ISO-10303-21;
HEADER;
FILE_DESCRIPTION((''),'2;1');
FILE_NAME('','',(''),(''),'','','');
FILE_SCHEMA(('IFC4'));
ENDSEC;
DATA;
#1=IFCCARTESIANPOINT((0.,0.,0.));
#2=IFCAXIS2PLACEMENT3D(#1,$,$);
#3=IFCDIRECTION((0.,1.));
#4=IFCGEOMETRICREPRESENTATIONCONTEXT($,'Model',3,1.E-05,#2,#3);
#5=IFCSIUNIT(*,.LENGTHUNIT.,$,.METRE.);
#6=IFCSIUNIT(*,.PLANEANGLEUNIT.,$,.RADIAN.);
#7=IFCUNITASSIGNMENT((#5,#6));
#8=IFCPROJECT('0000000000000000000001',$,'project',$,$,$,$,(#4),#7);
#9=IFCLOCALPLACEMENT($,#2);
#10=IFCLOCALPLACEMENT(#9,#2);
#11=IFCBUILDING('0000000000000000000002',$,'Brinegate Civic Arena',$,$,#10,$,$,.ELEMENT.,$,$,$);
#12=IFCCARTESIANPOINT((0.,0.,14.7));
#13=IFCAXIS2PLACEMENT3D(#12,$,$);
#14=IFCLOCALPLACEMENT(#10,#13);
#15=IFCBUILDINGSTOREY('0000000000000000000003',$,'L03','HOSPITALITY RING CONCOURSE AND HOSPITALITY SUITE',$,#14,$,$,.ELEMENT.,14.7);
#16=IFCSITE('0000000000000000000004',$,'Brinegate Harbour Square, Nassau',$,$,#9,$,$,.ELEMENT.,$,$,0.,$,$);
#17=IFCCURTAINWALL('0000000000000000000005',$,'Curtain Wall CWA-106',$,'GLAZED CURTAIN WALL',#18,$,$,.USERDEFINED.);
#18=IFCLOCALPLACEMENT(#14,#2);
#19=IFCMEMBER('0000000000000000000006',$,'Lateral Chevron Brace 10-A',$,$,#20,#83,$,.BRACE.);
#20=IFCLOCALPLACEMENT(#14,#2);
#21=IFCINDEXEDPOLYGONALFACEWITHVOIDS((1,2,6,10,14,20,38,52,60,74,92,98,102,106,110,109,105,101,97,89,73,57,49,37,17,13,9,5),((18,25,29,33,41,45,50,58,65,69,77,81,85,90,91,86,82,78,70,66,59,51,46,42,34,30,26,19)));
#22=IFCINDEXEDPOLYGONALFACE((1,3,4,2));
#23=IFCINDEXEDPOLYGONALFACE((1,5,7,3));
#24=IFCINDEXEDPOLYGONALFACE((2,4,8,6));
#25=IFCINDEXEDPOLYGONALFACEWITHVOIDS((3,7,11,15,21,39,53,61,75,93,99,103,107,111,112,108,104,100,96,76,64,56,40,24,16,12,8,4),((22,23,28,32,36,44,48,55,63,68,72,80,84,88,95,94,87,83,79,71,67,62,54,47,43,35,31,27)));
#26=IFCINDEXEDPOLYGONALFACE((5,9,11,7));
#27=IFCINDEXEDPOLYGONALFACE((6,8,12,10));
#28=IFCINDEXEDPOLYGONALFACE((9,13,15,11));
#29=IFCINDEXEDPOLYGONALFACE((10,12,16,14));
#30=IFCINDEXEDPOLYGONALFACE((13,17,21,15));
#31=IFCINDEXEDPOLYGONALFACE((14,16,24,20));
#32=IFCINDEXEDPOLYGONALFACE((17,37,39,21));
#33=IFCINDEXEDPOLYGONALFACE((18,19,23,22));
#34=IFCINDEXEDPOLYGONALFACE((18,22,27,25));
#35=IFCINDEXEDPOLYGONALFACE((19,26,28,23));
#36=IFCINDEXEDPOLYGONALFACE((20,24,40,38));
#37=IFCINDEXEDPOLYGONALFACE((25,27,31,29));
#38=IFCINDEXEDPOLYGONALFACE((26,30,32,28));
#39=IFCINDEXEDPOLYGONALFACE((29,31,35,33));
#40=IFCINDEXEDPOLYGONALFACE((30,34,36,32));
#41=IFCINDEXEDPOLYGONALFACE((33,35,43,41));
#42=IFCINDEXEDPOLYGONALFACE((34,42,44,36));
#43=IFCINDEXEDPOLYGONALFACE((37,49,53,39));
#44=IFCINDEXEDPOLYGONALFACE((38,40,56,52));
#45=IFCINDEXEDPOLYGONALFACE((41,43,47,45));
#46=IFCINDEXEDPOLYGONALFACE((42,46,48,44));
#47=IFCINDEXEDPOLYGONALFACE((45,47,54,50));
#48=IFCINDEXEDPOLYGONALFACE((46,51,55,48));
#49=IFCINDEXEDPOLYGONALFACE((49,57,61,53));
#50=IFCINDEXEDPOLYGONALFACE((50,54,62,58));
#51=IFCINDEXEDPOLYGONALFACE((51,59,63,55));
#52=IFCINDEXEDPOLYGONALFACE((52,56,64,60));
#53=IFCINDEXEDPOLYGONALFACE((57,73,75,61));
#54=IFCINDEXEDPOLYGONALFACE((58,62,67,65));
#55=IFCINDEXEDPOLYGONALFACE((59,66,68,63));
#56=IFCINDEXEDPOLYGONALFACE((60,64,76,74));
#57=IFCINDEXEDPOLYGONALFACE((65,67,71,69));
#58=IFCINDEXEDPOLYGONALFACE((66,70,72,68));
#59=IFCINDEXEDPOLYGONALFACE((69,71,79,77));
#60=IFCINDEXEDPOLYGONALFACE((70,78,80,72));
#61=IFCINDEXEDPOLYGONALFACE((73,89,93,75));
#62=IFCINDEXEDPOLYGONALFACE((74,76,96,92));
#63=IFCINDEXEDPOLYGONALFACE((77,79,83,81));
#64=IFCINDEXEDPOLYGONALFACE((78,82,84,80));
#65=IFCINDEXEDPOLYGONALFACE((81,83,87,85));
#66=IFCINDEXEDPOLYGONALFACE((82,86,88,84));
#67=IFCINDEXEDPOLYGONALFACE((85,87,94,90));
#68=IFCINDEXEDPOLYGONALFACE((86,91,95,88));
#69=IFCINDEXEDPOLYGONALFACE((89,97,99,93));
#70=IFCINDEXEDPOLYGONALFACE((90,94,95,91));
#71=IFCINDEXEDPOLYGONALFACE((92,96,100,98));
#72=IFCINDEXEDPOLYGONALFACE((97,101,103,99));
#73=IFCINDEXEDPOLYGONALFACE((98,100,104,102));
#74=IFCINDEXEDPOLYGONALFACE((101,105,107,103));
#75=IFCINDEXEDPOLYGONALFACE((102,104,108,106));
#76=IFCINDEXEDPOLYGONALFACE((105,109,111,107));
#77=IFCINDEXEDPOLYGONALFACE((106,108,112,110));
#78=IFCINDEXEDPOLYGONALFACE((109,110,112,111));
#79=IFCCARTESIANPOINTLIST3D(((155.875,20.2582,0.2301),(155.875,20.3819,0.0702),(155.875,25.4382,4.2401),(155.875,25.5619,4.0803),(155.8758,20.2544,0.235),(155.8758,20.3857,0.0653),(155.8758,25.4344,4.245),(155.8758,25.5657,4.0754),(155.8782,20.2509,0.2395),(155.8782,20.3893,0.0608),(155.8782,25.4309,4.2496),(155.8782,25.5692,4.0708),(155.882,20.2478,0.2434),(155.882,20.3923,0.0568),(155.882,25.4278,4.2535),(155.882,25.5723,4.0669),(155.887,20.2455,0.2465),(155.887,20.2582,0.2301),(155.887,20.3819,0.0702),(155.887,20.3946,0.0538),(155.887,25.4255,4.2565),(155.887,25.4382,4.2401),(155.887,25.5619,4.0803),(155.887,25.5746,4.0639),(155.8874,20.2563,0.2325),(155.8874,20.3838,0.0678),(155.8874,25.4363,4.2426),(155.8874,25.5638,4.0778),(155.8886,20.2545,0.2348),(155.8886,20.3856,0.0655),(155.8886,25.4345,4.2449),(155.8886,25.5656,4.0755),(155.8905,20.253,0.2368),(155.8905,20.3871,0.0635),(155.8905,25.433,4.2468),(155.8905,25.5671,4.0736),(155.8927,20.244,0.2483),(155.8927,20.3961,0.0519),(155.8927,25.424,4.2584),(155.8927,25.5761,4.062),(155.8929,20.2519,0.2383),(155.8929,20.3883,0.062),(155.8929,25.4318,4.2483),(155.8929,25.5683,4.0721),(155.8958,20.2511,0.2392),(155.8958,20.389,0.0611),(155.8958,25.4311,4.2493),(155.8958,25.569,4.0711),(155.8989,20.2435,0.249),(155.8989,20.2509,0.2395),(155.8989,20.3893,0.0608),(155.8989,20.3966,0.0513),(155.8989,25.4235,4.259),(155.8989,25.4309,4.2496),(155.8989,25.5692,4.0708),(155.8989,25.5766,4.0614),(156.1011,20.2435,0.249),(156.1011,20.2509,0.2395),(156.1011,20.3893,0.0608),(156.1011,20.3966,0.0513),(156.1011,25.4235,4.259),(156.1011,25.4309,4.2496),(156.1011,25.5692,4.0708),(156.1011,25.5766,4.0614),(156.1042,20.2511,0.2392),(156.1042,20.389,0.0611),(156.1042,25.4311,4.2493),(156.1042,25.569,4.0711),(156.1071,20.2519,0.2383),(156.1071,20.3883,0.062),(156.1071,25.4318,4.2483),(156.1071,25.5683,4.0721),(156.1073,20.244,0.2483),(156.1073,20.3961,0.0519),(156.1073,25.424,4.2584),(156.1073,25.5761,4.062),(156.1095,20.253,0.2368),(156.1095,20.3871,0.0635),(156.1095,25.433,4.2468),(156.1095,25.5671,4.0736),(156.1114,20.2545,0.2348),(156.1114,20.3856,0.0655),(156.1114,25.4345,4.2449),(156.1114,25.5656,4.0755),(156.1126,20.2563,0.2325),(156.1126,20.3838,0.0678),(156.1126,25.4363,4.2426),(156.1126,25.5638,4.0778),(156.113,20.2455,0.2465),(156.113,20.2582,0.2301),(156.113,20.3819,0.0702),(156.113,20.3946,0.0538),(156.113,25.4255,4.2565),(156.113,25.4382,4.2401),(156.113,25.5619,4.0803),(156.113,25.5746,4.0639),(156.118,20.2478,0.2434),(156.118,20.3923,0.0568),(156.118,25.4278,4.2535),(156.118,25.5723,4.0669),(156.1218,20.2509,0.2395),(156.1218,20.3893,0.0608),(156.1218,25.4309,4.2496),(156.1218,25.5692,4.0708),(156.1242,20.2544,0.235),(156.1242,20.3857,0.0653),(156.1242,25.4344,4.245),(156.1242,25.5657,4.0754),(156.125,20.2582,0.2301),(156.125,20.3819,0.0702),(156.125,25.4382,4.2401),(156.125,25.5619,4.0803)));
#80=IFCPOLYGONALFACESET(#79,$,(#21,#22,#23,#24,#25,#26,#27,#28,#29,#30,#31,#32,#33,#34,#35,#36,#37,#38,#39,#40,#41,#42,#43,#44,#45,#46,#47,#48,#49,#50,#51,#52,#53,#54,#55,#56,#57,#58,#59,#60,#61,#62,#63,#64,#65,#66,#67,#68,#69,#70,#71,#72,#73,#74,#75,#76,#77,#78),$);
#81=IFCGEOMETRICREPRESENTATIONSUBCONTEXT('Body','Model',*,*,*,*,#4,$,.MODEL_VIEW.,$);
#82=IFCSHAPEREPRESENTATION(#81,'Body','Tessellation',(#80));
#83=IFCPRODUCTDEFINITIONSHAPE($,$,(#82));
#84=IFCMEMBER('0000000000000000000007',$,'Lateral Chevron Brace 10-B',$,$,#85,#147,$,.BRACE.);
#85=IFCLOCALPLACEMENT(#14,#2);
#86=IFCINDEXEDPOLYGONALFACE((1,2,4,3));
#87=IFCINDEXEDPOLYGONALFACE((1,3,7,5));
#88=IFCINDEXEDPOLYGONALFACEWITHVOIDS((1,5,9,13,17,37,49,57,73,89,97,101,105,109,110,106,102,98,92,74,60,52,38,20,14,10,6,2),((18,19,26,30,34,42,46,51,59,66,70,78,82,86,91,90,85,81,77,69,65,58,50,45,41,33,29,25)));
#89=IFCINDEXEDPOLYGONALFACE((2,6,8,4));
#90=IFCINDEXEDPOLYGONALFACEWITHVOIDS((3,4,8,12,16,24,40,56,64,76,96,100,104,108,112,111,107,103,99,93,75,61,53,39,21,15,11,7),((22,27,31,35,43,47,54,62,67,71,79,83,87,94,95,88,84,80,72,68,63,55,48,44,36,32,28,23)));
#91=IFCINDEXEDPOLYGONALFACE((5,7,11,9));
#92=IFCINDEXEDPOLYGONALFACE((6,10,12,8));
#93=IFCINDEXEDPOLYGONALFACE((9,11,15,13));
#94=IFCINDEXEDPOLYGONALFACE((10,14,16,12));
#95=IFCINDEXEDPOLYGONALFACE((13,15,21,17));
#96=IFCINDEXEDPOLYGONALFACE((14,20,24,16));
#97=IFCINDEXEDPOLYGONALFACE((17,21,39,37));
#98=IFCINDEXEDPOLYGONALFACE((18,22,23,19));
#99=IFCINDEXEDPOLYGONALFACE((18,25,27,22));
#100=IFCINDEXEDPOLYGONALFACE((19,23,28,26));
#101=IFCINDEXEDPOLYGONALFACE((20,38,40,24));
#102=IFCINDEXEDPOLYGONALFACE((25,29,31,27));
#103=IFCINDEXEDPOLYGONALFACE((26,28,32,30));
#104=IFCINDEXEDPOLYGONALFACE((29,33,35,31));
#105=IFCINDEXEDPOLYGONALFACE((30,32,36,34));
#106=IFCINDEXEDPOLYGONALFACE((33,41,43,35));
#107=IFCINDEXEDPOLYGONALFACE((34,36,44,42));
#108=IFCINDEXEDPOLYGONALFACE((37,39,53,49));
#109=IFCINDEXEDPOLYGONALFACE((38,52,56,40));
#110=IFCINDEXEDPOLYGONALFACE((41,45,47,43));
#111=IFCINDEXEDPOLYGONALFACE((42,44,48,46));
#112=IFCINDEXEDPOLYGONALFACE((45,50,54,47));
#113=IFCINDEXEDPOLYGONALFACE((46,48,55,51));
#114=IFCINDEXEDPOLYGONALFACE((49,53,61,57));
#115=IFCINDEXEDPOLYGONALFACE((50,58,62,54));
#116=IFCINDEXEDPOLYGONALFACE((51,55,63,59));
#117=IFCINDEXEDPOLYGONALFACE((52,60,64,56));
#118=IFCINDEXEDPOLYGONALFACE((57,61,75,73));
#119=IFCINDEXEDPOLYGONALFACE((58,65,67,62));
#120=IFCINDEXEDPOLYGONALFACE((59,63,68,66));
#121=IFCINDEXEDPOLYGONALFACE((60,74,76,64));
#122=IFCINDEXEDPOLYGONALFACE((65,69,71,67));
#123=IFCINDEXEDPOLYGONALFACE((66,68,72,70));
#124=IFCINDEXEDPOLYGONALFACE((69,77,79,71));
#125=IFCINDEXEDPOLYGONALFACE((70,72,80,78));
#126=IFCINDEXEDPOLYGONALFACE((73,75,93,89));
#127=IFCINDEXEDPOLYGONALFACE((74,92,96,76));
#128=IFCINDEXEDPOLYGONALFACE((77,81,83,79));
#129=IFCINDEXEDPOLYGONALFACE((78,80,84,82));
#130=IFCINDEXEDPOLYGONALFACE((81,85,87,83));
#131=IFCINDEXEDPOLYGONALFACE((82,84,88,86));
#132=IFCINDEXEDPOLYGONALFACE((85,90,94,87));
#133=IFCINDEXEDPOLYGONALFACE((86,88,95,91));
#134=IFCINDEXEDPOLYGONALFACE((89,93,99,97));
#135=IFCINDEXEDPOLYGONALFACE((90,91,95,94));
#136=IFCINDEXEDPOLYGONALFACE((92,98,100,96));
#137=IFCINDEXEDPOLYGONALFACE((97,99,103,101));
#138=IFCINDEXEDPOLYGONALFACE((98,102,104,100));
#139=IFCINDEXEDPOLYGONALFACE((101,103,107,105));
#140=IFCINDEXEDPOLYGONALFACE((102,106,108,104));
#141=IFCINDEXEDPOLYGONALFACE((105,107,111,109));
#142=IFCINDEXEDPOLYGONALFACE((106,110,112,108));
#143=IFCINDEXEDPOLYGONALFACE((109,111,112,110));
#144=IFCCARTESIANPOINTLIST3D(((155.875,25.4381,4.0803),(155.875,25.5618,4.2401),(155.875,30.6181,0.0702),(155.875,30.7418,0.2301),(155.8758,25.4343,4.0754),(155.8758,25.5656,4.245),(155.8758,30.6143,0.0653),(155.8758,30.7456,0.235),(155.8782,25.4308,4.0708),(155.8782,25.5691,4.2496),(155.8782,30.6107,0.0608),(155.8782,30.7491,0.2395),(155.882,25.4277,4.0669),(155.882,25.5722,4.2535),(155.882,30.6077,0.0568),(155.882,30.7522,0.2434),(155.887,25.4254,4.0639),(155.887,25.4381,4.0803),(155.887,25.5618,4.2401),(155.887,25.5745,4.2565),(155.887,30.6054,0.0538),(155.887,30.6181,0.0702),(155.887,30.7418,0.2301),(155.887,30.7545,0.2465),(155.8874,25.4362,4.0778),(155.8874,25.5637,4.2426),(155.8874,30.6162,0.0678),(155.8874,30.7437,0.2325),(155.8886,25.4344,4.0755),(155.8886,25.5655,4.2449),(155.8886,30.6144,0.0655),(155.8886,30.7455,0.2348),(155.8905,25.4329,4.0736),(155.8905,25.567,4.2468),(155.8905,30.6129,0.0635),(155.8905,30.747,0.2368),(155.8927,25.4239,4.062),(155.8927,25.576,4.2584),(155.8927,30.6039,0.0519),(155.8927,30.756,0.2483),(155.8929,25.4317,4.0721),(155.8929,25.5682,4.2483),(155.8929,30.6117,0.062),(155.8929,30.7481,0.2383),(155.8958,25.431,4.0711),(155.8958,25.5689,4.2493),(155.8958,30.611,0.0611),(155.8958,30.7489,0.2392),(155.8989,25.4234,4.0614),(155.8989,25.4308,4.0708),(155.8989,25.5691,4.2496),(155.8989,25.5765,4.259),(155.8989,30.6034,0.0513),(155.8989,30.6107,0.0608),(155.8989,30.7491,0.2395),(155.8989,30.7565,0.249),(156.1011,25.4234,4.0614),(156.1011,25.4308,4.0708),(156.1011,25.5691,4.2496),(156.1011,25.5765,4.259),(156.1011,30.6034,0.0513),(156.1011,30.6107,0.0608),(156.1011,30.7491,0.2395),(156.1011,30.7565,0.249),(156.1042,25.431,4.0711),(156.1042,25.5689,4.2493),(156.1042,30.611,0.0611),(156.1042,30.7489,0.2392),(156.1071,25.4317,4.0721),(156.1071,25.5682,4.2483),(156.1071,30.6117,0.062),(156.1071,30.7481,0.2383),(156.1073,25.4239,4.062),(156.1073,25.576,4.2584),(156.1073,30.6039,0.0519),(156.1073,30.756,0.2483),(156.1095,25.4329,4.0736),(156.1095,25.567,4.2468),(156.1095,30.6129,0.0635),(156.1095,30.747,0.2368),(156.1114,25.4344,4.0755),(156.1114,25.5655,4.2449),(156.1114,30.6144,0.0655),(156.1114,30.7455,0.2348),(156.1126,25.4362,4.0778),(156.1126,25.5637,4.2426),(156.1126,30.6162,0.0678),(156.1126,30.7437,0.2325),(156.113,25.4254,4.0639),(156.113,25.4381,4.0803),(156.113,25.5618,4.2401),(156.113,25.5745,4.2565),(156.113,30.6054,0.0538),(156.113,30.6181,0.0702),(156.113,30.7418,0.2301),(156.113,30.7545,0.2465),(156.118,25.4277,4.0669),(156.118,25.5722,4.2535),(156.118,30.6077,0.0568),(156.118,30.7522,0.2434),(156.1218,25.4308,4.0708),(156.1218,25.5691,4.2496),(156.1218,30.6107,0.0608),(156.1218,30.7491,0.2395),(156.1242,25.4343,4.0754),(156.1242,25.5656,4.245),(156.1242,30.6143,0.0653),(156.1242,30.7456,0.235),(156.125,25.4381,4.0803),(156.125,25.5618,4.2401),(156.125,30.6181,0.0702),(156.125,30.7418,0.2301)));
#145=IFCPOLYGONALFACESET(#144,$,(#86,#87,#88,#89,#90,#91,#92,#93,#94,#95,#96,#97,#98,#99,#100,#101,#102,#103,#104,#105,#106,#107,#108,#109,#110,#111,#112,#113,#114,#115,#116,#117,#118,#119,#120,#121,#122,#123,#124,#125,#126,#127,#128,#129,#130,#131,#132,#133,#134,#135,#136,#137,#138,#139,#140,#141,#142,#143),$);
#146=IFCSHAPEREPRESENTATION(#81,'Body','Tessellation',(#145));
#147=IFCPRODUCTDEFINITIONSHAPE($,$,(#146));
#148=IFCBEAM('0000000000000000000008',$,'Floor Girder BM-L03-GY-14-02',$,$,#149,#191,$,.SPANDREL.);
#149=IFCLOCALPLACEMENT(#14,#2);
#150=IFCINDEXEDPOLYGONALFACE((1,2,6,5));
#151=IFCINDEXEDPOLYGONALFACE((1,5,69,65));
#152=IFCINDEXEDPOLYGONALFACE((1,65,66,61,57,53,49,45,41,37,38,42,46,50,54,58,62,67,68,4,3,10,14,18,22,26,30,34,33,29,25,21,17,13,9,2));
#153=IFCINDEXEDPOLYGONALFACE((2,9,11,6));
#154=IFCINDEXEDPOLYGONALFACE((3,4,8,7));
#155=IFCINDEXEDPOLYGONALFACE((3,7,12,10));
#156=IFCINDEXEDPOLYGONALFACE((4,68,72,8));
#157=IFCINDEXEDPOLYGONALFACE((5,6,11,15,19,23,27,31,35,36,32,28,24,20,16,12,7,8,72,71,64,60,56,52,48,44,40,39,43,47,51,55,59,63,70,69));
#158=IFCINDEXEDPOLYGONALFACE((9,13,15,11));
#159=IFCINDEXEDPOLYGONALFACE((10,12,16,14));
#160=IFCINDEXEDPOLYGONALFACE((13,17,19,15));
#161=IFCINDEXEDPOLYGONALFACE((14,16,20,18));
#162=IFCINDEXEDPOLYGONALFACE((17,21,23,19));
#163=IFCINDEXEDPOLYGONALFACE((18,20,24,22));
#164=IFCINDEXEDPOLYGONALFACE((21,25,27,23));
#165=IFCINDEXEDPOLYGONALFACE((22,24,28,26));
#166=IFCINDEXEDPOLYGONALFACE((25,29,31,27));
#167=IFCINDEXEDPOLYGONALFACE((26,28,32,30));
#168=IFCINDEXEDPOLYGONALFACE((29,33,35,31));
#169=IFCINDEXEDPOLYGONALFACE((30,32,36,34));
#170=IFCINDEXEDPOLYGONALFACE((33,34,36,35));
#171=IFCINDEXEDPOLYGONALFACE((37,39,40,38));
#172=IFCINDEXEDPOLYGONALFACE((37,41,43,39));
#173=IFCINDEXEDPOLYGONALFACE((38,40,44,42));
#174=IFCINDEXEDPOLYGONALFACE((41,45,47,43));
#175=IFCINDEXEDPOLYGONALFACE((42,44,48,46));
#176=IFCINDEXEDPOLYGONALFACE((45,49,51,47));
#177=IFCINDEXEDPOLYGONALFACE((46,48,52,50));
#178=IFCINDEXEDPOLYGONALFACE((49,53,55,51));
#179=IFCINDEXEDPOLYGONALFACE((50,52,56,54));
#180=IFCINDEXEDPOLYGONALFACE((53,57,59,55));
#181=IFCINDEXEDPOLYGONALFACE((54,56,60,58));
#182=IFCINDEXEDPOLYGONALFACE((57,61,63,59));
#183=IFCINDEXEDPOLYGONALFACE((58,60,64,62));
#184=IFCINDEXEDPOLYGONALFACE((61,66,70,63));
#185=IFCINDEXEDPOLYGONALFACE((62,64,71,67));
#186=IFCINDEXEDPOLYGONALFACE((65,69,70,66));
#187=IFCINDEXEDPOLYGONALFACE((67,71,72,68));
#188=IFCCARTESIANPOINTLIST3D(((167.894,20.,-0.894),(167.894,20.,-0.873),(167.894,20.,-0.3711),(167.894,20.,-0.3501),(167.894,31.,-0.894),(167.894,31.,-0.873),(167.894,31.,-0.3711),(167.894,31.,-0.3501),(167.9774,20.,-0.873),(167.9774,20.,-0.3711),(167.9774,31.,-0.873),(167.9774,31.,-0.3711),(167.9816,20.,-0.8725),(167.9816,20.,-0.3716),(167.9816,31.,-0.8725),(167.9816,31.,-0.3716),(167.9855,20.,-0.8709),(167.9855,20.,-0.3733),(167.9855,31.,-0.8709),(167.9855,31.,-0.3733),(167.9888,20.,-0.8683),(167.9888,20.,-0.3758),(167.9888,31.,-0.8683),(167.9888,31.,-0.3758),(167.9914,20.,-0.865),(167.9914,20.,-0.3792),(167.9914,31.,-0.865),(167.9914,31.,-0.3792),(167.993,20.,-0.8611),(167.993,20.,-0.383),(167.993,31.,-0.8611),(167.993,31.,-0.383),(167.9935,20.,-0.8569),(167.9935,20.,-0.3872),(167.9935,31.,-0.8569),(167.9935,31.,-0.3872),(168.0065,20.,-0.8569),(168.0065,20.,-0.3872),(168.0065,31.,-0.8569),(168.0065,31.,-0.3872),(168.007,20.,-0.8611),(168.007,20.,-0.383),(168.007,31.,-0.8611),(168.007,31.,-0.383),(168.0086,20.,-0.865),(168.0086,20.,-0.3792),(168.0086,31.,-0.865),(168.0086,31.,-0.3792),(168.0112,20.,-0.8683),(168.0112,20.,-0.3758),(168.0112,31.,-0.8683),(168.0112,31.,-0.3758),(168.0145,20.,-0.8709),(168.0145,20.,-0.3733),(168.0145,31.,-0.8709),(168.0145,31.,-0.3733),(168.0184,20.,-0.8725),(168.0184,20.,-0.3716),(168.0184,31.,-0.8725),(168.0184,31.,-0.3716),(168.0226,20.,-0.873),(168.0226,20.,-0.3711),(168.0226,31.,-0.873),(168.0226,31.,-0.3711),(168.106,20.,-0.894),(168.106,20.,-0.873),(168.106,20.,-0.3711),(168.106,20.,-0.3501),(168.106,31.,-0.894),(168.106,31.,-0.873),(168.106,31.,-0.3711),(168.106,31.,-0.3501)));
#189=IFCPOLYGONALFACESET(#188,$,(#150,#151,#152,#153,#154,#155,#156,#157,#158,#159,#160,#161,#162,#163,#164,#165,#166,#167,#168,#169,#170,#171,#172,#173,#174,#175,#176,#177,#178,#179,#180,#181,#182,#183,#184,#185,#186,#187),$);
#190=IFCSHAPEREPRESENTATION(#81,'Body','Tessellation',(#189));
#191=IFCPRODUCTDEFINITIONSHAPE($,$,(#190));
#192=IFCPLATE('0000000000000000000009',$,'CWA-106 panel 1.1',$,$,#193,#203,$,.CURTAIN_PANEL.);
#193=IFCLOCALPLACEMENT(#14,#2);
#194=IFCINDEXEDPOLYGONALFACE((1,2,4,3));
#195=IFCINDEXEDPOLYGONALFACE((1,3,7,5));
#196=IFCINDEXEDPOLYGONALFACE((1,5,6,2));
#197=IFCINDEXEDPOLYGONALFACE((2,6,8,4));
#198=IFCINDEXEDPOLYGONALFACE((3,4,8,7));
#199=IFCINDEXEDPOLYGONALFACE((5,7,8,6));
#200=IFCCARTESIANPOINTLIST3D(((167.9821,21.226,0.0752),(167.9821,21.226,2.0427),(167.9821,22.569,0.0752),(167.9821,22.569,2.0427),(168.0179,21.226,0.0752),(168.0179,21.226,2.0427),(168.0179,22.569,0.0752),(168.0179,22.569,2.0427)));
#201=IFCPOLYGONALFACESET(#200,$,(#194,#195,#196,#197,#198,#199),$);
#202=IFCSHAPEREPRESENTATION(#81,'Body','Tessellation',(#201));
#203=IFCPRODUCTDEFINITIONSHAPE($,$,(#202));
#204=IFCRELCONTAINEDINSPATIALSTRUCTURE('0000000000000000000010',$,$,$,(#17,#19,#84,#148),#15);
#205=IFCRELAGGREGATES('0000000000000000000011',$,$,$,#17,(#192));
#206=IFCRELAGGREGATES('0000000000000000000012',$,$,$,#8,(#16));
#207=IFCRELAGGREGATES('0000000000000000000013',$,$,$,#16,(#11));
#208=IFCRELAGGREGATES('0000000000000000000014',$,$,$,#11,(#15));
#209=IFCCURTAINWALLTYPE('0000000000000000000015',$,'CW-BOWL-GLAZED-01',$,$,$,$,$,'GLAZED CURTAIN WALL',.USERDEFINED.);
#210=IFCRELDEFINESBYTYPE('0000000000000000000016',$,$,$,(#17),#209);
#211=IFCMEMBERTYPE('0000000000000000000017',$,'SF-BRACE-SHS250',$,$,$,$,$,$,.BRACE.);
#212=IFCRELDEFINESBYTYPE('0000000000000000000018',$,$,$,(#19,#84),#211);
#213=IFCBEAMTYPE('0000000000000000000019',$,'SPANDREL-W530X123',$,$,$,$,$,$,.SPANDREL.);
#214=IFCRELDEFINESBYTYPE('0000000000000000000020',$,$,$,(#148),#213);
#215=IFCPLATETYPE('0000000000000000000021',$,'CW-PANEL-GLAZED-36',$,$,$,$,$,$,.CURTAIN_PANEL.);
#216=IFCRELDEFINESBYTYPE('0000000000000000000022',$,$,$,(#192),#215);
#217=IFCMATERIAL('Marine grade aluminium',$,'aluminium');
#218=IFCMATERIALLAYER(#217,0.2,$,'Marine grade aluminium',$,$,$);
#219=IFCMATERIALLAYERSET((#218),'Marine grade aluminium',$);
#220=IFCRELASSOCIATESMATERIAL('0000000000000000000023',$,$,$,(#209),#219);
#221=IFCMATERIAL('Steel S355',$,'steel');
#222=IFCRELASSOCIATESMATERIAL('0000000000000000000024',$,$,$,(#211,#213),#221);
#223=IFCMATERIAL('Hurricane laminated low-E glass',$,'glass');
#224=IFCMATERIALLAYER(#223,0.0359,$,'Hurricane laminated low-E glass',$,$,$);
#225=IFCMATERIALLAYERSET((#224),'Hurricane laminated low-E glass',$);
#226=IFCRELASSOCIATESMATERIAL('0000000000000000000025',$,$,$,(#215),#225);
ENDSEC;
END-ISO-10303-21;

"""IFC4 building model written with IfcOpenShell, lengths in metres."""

from ifc_helpers import new_model, si_unit, direction, frame, origin, origin_2d, place, context, subcontext, project, spatial, rectangle, hollow_rectangle, i_section, extrude, material, layer, layer_set, material_profile, profile_set, type_object, element, aggregate, save


model = new_model("IFC4")

# Units and contexts
model_context = context("Model", 3, precision=1e-05, world=origin(), true_north=direction((0.0, 1.0)))
body_context = subcontext(model_context, "Body", "Model", "MODEL_VIEW")
ifc_project = project(units=[si_unit("LENGTHUNIT", "METRE"), si_unit("PLANEANGLEUNIT", "RADIAN")], contexts=[model_context])

# Site, building, storey
site_placement = place(None, origin())
site = spatial("IfcSite", under=ifc_project, at=site_placement, Name="Brinegate Harbour Square, Nassau", CompositionType="ELEMENT", RefElevation=0.0)
building_placement = place(site_placement, origin())
building = spatial("IfcBuilding", under=site, at=building_placement, Name="Brinegate Civic Arena", CompositionType="ELEMENT")
storey_placement = place(building_placement, frame((0.0, 0.0, 14.7)))
storey = spatial("IfcBuildingStorey", under=building, at=storey_placement, Name="L03", Description="HOSPITALITY RING CONCOURSE AND HOSPITALITY SUITE", CompositionType="ELEMENT", Elevation=14.7)

# Curtain wall
ifc_material_1 = material(Name="Marine grade aluminium", Category="aluminium")
ifc_layer_1 = layer(ifc_material_1, 0.2, Name="Marine grade aluminium")
ifc_layer_set_1 = layer_set([ifc_layer_1], Name="Marine grade aluminium")
curtain_wall_type = type_object("IfcCurtainWallType", Name="CW-BOWL-GLAZED-01", ElementType="GLAZED CURTAIN WALL", PredefinedType="USERDEFINED", material=ifc_layer_set_1)
curtain_wall_placement = place(storey_placement, origin())
curtain_wall = element("IfcCurtainWall", 1, at=curtain_wall_placement, inside=storey, type_object=curtain_wall_type, Name="Curtain Wall CWA-106", ObjectType="GLAZED CURTAIN WALL", PredefinedType="USERDEFINED")

# Members
ifc_material_2 = material(Name="Steel S355", Category="steel")
ifc_material_profile_1 = material_profile(ifc_material_2, hollow_rectangle(XDim=0.25, YDim=0.25, WallThickness=0.012, InnerFilletRadius=0.012, OuterFilletRadius=0.0239, at=origin_2d()), Name="SHS250X12")
ifc_profile_set_1 = profile_set([ifc_material_profile_1], Name="Steel S355")
member_type_1 = type_object("IfcMemberType", Name="SF-BRACE-SHS250", PredefinedType="BRACE", material=ifc_profile_set_1)
for number, where, z_axis, x_axis, name in (
    (2, (156.0, 20.3201, 0.1501), (0.0, 0.790743, 0.612148), (-1.0, 0.0, 0.0), "Lateral Chevron Brace 10-A"),
    (3, (156.0, 30.6799, 0.1501), (0.0, -0.790743, 0.612148), (1.0, 0.0, 0.0), "Lateral Chevron Brace 10-B"),
):
    element("IfcMember", number, at=place(storey_placement, frame(where, z_axis=z_axis, x_axis=x_axis)), inside=storey, type_object=member_type_1, Name=name, PredefinedType="BRACE", context=body_context, shape_type="SweptSolid", body=[
        extrude(hollow_rectangle(XDim=0.25, YDim=0.25, WallThickness=0.012, InnerFilletRadius=0.012, OuterFilletRadius=0.0239, at=origin_2d()), origin(), (0.0, 0.0, 1.0), 6.5508),
    ])

# Beam
ifc_material_profile_2 = material_profile(ifc_material_2, i_section(OverallWidth=0.2119, OverallDepth=0.5439, WebThickness=0.0129, FlangeThickness=0.021, FilletRadius=0.0161, at=origin_2d()), Name="W530X123")
ifc_profile_set_2 = profile_set([ifc_material_profile_2], Name="Steel S355")
beam_type_1 = type_object("IfcBeamType", Name="SPANDREL-W530X123", PredefinedType="SPANDREL", material=ifc_profile_set_2)
beam_1_placement = place(storey_placement, frame((168.0, 20.0, -0.6221), z_axis=(0.0, 1.0, 0.0), x_axis=(-1.0, 0.0, 0.0)))
element("IfcBeam", 4, at=beam_1_placement, inside=storey, type_object=beam_type_1, Name="Floor Girder BM-L03-GY-14-02", PredefinedType="SPANDREL", context=body_context, shape_type="SweptSolid", body=[
    extrude(i_section(OverallWidth=0.2119, OverallDepth=0.5439, WebThickness=0.0129, FlangeThickness=0.021, FilletRadius=0.0161, at=origin_2d()), origin(), (0.0, 0.0, 1.0), 11.0),
])

# Plate
ifc_material_3 = material(Name="Hurricane laminated low-E glass", Category="glass")
ifc_layer_2 = layer(ifc_material_3, 0.0359, Name="Hurricane laminated low-E glass")
ifc_layer_set_2 = layer_set([ifc_layer_2], Name="Hurricane laminated low-E glass")
plate_type_1 = type_object("IfcPlateType", Name="CW-PANEL-GLAZED-36", PredefinedType="CURTAIN_PANEL", material=ifc_layer_set_2)
plate_placement = place(storey_placement, frame((168.0, 21.8975, 0.0752), z_axis=(0.0, 0.0, 1.0), x_axis=(0.0, 1.0, 0.0)))
plate = element("IfcPlate", 5, at=plate_placement, type_object=plate_type_1, Name="CWA-106 panel 1.1", PredefinedType="CURTAIN_PANEL", context=body_context, shape_type="SweptSolid", body=[
    extrude(rectangle(XDim=1.343, YDim=0.0359, at=origin_2d()), origin(), (0.0, 0.0, 1.0), 1.9675),
])
aggregate(curtain_wall, [plate])

save(model, "model.ifc")
